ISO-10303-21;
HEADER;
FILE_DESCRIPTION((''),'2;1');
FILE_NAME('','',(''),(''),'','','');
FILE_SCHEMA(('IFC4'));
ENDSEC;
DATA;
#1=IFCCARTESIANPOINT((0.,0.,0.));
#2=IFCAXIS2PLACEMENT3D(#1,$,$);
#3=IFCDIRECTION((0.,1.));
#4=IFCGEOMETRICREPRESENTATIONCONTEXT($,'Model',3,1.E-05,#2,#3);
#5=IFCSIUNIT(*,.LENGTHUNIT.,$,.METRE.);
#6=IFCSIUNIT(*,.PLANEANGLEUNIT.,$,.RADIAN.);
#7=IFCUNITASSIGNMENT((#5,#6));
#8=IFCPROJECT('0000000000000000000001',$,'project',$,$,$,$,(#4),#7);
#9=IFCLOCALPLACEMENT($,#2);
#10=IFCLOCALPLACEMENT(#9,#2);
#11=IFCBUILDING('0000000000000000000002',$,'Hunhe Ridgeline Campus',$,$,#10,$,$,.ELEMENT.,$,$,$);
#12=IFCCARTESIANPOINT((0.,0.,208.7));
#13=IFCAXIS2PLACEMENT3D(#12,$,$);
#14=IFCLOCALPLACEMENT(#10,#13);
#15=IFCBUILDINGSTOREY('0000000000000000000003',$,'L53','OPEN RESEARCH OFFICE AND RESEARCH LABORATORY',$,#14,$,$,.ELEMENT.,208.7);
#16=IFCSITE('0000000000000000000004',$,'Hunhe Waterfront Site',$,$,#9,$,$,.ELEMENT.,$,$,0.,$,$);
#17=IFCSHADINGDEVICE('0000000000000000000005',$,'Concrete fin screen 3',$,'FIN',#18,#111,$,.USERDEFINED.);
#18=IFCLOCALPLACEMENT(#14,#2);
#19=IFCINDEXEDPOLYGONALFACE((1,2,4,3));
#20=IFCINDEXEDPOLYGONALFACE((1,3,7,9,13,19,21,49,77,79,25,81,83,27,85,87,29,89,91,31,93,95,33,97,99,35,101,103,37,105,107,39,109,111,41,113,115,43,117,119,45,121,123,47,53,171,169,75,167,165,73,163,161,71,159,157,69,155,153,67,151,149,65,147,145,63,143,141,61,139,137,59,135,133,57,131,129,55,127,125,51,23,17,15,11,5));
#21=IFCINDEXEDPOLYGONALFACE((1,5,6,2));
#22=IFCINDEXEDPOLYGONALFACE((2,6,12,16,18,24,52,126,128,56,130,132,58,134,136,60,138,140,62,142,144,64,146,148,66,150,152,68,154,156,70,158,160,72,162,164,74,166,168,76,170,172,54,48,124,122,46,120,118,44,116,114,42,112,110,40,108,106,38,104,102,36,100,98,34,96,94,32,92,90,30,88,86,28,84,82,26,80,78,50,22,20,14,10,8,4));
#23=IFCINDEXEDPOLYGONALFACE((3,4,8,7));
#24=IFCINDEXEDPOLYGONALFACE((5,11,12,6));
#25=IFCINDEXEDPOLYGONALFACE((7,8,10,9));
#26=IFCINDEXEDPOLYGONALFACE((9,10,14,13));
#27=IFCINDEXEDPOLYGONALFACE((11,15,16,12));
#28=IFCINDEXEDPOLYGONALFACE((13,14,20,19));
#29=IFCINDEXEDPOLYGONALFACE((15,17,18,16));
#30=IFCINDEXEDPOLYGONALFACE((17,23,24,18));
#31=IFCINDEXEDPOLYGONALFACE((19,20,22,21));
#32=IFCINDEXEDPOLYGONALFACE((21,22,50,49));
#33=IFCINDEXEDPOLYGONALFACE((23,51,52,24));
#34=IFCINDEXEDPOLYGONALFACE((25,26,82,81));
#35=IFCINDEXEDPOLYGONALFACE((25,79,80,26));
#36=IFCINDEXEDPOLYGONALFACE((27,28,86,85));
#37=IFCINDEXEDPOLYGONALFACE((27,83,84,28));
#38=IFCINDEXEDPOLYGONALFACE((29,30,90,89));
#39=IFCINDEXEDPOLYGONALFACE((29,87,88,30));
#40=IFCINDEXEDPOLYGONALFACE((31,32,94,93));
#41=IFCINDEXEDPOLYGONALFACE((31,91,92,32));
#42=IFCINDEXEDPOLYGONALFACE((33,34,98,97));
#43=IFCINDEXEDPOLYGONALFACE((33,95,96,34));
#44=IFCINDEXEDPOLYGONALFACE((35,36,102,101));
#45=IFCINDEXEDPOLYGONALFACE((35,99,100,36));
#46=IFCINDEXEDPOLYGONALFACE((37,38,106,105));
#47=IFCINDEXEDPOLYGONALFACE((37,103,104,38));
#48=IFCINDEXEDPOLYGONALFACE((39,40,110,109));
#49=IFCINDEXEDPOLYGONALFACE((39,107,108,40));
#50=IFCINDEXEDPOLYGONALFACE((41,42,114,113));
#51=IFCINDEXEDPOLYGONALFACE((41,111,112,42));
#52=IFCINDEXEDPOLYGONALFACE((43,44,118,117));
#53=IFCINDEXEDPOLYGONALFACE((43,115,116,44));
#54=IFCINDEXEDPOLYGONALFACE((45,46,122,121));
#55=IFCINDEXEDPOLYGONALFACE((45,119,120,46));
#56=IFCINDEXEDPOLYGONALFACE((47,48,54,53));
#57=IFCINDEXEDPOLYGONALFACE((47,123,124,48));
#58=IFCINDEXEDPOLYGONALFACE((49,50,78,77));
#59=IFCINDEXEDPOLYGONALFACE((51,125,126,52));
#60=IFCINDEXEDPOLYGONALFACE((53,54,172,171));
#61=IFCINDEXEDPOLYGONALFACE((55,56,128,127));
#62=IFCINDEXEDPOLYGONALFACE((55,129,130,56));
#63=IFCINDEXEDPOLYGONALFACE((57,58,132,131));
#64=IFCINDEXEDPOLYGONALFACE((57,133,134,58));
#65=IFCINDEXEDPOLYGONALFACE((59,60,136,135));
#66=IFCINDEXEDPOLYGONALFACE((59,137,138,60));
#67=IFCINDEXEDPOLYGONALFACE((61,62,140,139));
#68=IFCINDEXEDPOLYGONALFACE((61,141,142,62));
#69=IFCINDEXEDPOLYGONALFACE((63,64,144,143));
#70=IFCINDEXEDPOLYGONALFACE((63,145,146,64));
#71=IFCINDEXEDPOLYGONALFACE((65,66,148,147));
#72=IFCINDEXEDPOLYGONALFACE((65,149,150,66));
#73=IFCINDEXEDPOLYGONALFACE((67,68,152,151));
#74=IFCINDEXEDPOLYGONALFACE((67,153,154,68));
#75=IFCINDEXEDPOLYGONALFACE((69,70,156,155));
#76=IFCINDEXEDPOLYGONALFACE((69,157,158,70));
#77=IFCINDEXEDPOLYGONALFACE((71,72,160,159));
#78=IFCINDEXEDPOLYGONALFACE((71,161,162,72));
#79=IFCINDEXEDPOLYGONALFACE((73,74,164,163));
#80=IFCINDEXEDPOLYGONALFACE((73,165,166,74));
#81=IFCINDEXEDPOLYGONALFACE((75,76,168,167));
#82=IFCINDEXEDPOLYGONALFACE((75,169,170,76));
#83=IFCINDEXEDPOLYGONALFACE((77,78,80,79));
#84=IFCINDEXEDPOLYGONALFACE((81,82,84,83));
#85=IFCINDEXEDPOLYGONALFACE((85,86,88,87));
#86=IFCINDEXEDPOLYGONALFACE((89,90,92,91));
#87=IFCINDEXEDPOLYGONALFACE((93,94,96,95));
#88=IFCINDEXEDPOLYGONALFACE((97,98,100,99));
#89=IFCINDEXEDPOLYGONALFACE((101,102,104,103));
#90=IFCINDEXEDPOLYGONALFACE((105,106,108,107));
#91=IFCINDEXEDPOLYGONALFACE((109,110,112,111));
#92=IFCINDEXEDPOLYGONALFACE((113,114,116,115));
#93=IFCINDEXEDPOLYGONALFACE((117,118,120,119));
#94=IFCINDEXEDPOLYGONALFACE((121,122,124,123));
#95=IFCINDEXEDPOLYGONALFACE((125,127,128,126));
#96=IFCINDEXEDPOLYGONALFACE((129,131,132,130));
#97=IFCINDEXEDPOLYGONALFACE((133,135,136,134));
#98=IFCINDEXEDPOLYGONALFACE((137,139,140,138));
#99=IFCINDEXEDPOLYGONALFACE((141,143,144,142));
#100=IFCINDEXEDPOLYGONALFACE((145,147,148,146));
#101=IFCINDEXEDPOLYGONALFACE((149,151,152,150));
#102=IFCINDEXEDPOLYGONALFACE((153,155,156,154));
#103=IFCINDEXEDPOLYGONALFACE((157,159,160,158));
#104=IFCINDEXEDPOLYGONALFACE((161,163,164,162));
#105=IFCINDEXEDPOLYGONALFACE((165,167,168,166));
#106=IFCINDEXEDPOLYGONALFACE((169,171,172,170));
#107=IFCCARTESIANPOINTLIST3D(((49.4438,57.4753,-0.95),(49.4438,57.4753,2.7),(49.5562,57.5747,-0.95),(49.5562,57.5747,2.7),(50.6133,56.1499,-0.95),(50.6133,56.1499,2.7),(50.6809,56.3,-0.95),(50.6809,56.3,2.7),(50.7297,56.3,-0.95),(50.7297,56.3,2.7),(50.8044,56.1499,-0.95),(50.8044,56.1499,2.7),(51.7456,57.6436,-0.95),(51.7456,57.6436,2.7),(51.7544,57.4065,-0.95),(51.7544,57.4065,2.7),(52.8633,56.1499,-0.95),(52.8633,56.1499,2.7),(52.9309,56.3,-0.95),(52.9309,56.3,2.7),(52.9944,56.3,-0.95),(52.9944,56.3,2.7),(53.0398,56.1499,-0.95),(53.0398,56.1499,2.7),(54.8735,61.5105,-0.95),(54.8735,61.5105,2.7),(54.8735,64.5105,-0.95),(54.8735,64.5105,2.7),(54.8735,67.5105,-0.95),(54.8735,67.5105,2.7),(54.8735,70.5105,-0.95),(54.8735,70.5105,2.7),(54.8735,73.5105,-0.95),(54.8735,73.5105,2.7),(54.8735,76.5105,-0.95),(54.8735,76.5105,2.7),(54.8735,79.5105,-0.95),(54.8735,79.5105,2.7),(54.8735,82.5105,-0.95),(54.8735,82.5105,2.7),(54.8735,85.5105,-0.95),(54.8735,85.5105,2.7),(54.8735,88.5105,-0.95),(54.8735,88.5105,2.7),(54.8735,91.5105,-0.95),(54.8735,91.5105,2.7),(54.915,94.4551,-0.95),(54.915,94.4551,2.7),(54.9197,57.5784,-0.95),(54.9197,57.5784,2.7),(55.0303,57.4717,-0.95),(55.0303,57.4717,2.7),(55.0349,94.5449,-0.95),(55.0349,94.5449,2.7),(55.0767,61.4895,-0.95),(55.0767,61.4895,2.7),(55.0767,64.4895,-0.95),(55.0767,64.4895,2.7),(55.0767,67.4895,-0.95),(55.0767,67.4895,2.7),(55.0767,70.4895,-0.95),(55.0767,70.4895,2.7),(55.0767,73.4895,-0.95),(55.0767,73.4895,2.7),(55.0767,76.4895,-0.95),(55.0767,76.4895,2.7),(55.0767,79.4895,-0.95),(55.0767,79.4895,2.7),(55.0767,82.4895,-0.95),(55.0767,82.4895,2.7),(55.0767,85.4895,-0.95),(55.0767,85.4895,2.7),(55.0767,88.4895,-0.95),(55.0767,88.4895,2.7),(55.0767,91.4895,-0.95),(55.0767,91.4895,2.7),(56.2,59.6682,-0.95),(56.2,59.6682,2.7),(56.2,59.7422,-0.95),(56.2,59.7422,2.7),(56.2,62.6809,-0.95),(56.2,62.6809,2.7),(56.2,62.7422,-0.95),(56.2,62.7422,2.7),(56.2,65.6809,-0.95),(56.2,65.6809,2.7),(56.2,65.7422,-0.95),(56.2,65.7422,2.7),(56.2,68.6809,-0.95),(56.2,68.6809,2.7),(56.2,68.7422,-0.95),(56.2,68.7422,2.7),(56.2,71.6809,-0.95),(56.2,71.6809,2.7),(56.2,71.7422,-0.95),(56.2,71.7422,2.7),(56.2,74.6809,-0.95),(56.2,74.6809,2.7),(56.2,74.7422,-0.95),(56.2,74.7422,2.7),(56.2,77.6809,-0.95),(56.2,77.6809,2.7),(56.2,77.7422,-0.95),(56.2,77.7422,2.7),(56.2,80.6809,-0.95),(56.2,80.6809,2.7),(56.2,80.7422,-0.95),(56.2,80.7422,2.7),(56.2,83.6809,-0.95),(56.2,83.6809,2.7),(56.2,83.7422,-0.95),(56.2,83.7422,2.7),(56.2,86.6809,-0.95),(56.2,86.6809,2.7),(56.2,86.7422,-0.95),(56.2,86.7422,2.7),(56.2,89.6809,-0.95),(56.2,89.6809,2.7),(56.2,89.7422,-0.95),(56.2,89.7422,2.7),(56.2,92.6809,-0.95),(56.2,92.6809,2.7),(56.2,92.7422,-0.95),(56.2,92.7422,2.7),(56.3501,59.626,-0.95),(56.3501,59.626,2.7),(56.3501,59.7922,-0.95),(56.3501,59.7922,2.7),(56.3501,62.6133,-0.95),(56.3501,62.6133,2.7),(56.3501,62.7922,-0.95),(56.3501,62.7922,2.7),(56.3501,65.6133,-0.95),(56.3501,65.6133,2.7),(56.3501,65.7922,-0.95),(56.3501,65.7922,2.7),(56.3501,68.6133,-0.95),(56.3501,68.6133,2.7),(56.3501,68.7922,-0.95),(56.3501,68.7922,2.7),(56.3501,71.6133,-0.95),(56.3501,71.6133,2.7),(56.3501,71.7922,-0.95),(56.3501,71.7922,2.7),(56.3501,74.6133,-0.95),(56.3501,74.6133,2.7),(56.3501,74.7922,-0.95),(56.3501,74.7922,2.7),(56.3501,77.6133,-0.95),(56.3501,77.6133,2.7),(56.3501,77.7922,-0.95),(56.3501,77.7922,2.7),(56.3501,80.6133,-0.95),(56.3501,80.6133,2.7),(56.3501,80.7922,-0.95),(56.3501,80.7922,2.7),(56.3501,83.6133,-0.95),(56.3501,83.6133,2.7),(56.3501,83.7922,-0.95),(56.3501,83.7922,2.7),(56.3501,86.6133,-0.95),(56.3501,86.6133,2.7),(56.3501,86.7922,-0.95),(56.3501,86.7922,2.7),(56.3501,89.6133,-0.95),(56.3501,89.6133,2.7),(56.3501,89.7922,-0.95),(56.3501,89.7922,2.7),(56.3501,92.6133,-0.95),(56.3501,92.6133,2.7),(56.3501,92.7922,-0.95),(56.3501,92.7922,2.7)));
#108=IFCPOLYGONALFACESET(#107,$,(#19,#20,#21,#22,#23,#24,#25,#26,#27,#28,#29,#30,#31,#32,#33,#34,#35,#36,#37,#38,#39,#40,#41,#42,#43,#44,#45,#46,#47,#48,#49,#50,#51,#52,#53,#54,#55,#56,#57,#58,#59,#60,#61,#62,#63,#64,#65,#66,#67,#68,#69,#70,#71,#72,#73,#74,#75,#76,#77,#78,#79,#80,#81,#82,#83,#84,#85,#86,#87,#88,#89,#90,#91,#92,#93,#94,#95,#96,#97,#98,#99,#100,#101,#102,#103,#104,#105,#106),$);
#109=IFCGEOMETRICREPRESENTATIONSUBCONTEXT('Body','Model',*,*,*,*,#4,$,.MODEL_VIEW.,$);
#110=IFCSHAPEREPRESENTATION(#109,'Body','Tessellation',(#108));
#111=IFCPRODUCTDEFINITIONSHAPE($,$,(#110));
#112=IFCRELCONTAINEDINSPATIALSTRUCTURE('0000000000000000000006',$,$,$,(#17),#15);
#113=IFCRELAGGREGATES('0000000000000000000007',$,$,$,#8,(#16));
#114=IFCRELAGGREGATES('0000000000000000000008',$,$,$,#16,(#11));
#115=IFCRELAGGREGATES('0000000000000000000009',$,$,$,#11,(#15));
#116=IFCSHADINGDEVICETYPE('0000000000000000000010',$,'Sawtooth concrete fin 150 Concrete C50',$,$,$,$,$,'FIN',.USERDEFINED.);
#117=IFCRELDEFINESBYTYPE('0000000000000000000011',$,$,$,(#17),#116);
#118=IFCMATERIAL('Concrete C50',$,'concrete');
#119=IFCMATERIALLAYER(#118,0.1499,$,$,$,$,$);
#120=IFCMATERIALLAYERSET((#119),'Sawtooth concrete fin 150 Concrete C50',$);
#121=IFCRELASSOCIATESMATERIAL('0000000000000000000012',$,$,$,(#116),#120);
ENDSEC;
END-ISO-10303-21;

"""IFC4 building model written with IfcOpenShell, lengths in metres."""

from ifc_helpers import new_model, si_unit, direction, frame, origin, place, context, subcontext, project, spatial, polyline, outline, extrude, material, layer, layer_set, type_object, element, save


model = new_model("IFC4")

# Units and contexts
model_context = context("Model", 3, precision=1e-05, world=origin(), true_north=direction((0.0, 1.0)))
body_context = subcontext(model_context, "Body", "Model", "MODEL_VIEW")
ifc_project = project(units=[si_unit("LENGTHUNIT", "METRE"), si_unit("PLANEANGLEUNIT", "RADIAN")], contexts=[model_context])

# Site, building, storey
site_placement = place(None, origin())
site = spatial("IfcSite", under=ifc_project, at=site_placement, Name="Hunhe Waterfront Site", CompositionType="ELEMENT", RefElevation=0.0)
building_placement = place(site_placement, origin())
building = spatial("IfcBuilding", under=site, at=building_placement, Name="Hunhe Ridgeline Campus", CompositionType="ELEMENT")
storey_placement = place(building_placement, frame((0.0, 0.0, 208.7)))
storey = spatial("IfcBuildingStorey", under=building, at=storey_placement, Name="L53", Description="OPEN RESEARCH OFFICE AND RESEARCH LABORATORY", CompositionType="ELEMENT", Elevation=208.7)

# Shading device
ifc_material_1 = material(Name="Concrete C50", Category="concrete")
ifc_layer_1 = layer(ifc_material_1, 0.1499)
ifc_layer_set_1 = layer_set([ifc_layer_1], Name="Sawtooth concrete fin 150 Concrete C50")
shading_device_type = type_object("IfcShadingDeviceType", Name="Sawtooth concrete fin 150 Concrete C50", ElementType="FIN", PredefinedType="USERDEFINED", material=ifc_layer_set_1)
shading_device_1_placement = place(storey_placement, frame((0.0, 0.0, -0.95)))
element("IfcShadingDevice", 1, at=shading_device_1_placement, inside=storey, type_object=shading_device_type, Name="Concrete fin screen 3", ObjectType="FIN", PredefinedType="USERDEFINED", context=body_context, shape_type="SweptSolid", body=[
    extrude(outline(polyline([(49.5562, 57.5747), (49.4438, 57.4753), (50.6133, 56.1499), (50.8044, 56.1499), (51.7544, 57.4065), (52.8633, 56.1499), (53.0398, 56.1499), (55.0303, 57.4717), (56.3501, 59.626), (56.3501, 59.7922), (55.0767, 61.4895), (56.3501, 62.6133), (56.3501, 62.7922), (55.0767, 64.4895), (56.3501, 65.6133), (56.3501, 65.7922), (55.0767, 67.4895), (56.3501, 68.6133), (56.3501, 68.7922), (55.0767, 70.4895), (56.3501, 71.6133), (56.3501, 71.7922), (55.0767, 73.4895), (56.3501, 74.6133), (56.3501, 74.7922), (55.0767, 76.4895), (56.3501, 77.6133), (56.3501, 77.7922), (55.0767, 79.4895), (56.3501, 80.6133), (56.3501, 80.7922), (55.0767, 82.4895), (56.3501, 83.6133), (56.3501, 83.7922), (55.0767, 85.4895), (56.3501, 86.6133), (56.3501, 86.7922), (55.0767, 88.4895), (56.3501, 89.6133), (56.3501, 89.7922), (55.0767, 91.4895), (56.3501, 92.6133), (56.3501, 92.7922), (55.0349, 94.5449), (54.915, 94.4551), (56.2, 92.7422), (56.2, 92.6809), (54.8735, 91.5105), (56.2, 89.7422), (56.2, 89.6809), (54.8735, 88.5105), (56.2, 86.7422), (56.2, 86.6809), (54.8735, 85.5105), (56.2, 83.7422), (56.2, 83.6809), (54.8735, 82.5105), (56.2, 80.7422), (56.2, 80.6809), (54.8735, 79.5105), (56.2, 77.7422), (56.2, 77.6809), (54.8735, 76.5105), (56.2, 74.7422), (56.2, 74.6809), (54.8735, 73.5105), (56.2, 71.7422), (56.2, 71.6809), (54.8735, 70.5105), (56.2, 68.7422), (56.2, 68.6809), (54.8735, 67.5105), (56.2, 65.7422), (56.2, 65.6809), (54.8735, 64.5105), (56.2, 62.7422), (56.2, 62.6809), (54.8735, 61.5105), (56.2, 59.7422), (56.2, 59.6682), (54.9197, 57.5784), (52.9944, 56.3), (52.9309, 56.3), (51.7456, 57.6436), (50.7297, 56.3), (50.6809, 56.3), (49.5562, 57.5747)])), origin(), (0.0, 0.0, 1.0), 3.6499),
])

save(model, "model.ifc")
